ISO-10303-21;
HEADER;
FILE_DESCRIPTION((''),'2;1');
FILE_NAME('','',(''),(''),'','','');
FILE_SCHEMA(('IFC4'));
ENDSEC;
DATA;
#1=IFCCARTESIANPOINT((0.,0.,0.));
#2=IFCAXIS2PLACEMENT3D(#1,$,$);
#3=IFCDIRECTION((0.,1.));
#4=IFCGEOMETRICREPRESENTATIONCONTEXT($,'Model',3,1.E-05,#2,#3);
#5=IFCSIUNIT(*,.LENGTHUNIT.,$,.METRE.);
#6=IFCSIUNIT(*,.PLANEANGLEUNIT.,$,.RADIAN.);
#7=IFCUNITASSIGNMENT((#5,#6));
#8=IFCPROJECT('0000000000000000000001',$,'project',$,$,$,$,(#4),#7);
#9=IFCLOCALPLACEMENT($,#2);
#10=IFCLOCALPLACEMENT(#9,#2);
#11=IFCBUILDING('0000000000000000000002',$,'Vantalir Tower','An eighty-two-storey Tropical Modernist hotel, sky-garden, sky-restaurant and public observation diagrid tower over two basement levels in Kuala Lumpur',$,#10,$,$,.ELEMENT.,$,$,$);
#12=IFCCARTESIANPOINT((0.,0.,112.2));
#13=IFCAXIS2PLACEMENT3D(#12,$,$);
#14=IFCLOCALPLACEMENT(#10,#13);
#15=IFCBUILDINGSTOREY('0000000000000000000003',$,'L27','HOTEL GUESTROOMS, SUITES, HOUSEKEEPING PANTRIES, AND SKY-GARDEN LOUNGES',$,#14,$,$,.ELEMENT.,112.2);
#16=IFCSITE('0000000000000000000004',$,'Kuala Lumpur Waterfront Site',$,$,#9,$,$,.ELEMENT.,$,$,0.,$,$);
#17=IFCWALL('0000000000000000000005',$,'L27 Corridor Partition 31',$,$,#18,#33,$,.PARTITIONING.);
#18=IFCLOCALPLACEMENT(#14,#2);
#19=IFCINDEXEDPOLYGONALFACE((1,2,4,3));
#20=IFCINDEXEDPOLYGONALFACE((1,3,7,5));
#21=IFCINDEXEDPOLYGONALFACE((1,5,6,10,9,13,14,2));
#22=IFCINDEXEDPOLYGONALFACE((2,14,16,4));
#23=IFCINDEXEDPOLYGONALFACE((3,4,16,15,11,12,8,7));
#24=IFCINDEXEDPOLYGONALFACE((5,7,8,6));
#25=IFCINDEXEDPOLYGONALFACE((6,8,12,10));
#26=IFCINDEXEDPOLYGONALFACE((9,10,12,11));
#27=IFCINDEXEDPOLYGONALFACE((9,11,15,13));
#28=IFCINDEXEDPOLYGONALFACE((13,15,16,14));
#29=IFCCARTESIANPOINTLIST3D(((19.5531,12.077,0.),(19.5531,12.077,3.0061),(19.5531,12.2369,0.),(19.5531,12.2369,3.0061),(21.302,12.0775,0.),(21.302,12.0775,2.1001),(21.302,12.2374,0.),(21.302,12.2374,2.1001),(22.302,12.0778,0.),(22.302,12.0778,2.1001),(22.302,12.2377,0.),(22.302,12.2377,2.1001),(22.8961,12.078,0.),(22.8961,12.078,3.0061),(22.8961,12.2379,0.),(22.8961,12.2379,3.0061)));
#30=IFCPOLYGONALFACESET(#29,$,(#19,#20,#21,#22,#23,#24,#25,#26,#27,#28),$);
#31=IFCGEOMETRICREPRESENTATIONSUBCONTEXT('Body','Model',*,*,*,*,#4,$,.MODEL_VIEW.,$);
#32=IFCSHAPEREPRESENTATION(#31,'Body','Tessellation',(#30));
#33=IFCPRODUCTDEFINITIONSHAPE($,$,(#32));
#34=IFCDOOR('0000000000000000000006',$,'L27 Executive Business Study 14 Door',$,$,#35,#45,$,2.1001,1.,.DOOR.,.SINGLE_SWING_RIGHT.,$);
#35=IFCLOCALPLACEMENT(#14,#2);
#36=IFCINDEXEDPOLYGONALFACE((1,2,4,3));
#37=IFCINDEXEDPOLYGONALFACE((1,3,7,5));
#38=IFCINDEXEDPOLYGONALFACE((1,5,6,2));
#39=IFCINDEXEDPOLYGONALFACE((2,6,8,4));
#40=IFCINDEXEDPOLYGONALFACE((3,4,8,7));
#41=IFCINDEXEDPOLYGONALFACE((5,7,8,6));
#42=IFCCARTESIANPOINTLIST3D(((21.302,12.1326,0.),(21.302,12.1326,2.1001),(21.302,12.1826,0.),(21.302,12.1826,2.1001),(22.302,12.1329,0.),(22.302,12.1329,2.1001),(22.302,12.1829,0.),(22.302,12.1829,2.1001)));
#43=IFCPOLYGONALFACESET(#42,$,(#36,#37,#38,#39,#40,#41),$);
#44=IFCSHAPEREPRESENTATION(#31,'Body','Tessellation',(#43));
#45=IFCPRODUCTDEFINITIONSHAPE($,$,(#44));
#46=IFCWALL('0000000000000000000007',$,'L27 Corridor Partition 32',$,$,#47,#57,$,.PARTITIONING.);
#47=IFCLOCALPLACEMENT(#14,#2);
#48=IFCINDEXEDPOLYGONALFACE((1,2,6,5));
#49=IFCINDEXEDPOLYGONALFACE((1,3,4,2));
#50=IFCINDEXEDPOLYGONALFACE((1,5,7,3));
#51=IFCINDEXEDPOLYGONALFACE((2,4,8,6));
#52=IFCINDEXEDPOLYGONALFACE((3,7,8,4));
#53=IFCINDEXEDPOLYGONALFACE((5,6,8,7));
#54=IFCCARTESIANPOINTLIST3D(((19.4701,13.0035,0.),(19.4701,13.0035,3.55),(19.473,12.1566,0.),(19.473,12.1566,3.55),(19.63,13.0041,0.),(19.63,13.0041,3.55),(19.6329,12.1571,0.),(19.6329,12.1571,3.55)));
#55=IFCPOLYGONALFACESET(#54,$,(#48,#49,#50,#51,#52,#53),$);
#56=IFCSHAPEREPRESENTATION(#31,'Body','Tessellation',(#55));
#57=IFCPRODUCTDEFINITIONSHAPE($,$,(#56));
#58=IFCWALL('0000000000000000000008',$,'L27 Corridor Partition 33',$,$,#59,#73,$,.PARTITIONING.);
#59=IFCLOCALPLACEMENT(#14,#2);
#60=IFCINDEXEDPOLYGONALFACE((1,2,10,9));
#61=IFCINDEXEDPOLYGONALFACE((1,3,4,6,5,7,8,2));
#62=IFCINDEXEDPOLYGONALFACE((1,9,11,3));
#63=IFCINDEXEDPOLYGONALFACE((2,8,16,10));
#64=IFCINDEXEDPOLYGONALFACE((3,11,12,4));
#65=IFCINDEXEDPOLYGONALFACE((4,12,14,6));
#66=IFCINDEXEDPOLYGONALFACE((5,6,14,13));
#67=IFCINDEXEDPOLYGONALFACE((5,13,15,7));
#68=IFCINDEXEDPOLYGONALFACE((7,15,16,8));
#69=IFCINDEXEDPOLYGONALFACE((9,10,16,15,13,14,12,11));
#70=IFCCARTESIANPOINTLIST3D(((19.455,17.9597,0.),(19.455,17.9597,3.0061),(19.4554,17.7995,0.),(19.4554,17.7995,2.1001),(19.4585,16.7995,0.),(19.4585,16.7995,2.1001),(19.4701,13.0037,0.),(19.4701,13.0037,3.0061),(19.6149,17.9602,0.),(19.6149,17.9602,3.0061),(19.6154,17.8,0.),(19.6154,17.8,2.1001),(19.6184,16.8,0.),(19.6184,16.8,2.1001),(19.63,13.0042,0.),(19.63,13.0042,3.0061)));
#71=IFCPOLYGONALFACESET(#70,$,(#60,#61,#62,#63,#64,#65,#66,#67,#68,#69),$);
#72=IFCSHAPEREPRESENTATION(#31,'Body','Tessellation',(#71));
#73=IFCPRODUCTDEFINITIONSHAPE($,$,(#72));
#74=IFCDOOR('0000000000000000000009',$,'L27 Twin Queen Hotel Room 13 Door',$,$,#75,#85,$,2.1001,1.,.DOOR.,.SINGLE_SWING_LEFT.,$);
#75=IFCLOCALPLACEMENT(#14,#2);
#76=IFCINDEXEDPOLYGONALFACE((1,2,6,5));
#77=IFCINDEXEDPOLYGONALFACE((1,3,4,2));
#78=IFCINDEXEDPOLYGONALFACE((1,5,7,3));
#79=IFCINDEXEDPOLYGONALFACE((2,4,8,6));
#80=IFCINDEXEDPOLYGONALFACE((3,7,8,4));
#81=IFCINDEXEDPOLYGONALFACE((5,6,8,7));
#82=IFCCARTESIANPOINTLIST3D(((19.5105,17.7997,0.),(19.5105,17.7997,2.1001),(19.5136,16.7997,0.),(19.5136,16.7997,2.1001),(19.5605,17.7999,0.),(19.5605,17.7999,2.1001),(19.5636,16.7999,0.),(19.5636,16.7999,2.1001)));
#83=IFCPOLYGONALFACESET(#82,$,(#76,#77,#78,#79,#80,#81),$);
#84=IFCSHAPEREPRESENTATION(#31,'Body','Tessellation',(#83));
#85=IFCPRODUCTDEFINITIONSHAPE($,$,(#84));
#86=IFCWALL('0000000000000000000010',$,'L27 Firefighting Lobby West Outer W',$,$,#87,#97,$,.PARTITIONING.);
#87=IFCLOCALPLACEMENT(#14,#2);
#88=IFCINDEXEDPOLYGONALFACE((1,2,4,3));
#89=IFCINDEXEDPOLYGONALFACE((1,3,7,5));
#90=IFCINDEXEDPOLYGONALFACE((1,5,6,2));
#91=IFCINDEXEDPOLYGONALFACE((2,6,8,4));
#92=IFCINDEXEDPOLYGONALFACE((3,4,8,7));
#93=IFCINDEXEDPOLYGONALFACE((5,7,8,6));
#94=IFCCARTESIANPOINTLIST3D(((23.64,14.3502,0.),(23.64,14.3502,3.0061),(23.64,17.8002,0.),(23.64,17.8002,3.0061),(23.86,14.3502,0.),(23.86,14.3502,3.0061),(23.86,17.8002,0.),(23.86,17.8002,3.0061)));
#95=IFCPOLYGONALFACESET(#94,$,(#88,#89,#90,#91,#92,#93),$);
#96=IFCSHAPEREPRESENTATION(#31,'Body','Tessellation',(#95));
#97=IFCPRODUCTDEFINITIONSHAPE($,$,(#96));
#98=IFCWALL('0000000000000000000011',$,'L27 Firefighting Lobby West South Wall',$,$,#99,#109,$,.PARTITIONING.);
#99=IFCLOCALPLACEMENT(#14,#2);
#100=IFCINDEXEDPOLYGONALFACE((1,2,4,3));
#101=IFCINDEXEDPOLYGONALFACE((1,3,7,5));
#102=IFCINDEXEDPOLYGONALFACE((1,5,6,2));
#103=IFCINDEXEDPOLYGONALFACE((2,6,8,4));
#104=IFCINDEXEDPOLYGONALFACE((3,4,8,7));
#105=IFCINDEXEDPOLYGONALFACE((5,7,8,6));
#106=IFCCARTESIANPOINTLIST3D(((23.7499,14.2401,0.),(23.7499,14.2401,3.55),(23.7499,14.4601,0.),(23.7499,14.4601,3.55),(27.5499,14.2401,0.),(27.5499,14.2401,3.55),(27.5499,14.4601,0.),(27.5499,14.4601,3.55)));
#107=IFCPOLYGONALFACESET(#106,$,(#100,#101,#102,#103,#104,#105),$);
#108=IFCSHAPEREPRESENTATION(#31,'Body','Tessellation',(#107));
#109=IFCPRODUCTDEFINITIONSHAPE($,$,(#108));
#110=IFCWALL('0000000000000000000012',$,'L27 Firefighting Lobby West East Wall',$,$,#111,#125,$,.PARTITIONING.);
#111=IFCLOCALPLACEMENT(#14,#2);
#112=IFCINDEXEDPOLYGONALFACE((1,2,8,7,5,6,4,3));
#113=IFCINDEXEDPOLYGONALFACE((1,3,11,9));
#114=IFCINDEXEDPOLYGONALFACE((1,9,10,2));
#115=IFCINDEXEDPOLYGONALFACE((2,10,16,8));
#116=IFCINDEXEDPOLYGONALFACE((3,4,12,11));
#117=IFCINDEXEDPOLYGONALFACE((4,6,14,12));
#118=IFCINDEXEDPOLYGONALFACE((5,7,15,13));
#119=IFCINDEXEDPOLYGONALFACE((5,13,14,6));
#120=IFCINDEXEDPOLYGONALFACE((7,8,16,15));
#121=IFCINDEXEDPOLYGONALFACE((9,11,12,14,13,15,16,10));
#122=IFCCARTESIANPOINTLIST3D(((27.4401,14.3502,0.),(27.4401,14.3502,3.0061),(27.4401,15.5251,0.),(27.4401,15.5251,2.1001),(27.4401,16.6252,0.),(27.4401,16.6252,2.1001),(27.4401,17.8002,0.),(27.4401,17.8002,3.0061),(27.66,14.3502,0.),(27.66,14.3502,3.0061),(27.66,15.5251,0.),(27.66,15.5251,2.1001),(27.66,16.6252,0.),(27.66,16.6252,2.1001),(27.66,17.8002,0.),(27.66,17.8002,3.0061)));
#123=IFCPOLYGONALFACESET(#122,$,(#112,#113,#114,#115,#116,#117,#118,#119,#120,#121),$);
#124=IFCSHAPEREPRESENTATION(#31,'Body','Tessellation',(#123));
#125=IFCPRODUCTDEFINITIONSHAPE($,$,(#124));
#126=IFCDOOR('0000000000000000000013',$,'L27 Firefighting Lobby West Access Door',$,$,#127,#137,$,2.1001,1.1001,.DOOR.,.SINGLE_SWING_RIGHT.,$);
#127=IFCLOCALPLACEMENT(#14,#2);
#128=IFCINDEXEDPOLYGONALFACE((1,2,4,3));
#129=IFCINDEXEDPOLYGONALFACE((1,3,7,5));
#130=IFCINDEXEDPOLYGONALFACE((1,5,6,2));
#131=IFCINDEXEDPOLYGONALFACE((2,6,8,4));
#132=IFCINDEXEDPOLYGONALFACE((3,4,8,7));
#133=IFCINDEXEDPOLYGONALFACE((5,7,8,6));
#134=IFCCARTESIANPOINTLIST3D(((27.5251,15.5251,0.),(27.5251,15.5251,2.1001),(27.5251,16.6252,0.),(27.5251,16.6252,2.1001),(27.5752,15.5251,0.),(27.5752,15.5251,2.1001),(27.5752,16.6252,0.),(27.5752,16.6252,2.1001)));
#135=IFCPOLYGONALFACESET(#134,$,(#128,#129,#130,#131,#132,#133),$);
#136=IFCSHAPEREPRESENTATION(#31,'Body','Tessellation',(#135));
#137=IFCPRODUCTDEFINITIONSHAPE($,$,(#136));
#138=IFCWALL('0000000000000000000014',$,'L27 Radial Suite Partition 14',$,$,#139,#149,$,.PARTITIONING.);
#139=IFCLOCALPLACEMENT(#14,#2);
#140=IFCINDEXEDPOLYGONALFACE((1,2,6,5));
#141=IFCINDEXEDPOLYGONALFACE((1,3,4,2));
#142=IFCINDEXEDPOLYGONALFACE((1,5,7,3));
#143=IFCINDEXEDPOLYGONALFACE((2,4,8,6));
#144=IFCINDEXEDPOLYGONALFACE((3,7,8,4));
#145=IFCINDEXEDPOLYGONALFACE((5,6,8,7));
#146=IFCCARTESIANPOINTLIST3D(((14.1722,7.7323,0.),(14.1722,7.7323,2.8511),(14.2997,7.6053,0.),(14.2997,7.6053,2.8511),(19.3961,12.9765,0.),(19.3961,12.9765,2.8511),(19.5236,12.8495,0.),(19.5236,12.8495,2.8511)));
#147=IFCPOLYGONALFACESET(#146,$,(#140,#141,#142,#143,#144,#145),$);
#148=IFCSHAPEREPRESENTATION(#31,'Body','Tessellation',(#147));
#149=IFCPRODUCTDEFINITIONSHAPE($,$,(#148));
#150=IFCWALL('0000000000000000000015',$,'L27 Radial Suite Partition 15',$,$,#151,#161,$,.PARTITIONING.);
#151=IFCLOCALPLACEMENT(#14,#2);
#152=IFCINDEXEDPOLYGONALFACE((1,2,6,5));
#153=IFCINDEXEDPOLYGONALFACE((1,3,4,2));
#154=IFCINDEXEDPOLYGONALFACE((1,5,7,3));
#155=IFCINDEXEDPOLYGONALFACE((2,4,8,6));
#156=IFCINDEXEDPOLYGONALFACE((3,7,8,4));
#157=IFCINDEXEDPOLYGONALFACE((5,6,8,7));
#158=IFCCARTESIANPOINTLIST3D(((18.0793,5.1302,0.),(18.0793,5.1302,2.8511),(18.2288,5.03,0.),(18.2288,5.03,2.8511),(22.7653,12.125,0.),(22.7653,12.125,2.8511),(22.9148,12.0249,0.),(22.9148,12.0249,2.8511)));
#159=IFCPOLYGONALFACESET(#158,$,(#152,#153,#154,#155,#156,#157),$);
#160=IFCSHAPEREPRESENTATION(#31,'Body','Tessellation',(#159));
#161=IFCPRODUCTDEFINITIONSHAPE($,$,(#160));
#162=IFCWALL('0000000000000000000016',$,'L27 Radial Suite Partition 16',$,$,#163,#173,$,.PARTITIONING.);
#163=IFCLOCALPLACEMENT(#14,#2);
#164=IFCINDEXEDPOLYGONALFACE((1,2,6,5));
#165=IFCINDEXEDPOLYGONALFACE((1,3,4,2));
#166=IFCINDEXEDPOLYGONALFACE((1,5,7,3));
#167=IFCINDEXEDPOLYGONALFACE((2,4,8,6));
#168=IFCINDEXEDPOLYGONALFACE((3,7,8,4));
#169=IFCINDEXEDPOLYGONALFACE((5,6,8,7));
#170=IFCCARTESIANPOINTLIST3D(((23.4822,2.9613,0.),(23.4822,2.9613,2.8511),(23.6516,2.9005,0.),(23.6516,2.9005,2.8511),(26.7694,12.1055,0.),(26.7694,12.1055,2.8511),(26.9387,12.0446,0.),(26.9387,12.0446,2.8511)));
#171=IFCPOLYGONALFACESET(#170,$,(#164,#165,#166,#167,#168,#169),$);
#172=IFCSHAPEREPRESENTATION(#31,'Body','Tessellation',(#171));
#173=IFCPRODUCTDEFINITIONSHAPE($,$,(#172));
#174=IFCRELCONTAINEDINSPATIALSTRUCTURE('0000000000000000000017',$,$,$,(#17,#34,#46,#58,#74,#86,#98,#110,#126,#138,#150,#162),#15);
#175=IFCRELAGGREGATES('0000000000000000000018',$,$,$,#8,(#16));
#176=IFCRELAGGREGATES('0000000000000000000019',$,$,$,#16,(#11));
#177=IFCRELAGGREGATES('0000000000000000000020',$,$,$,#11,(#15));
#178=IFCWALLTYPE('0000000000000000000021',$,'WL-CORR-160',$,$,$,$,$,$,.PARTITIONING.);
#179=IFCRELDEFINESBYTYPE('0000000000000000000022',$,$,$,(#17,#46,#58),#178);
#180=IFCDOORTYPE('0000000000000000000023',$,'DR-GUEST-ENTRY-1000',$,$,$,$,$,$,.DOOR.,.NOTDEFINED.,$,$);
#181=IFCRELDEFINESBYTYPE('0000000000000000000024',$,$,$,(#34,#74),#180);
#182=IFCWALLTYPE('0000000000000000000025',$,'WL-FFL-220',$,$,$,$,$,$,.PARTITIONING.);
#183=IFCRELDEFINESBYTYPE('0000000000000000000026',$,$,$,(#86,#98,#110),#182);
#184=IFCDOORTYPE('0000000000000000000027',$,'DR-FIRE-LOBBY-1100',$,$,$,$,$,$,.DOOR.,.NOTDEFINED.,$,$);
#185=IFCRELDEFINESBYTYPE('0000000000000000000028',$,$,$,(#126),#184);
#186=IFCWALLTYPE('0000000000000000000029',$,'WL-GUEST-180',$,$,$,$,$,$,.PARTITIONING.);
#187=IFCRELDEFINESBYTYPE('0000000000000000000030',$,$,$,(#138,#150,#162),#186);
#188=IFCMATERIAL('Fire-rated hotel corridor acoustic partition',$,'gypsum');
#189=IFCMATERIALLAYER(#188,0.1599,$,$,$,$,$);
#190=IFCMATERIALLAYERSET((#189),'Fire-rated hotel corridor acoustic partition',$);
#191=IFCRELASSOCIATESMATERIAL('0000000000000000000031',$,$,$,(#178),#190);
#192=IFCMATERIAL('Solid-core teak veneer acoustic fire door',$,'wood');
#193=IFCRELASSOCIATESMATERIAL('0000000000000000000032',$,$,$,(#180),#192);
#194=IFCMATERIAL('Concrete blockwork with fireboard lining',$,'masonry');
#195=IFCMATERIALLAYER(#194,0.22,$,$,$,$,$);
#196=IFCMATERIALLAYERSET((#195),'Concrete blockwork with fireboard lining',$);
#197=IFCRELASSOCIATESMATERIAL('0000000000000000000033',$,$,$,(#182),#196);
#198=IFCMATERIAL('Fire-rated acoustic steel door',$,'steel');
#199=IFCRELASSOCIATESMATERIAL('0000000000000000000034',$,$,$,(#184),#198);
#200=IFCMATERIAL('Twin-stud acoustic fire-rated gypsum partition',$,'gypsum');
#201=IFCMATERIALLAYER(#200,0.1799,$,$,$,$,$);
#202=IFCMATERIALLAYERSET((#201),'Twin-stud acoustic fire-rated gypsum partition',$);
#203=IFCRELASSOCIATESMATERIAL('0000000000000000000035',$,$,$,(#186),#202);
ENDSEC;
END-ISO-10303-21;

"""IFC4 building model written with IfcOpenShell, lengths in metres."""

from ifc_helpers import new_model, si_unit, direction, frame, frame_2d, origin, place, context, subcontext, project, spatial, rectangle, extrude, material, layer, layer_set, type_object, element, fill, save


model = new_model("IFC4")

# Units and contexts
model_context = context("Model", 3, precision=1e-05, world=origin(), true_north=direction((0.0, 1.0)))
body_context = subcontext(model_context, "Body", "Model", "MODEL_VIEW")
ifc_project = project(units=[si_unit("LENGTHUNIT", "METRE"), si_unit("PLANEANGLEUNIT", "RADIAN")], contexts=[model_context])

# Site, building, storey
site_placement = place(None, origin())
site = spatial("IfcSite", under=ifc_project, at=site_placement, Name="Kuala Lumpur Waterfront Site", CompositionType="ELEMENT", RefElevation=0.0)
building_placement = place(site_placement, origin())
building = spatial("IfcBuilding", under=site, at=building_placement, Name="Vantalir Tower", Description="An eighty-two-storey Tropical Modernist hotel, sky-garden, sky-restaurant and public observation diagrid tower over two basement levels in Kuala Lumpur", CompositionType="ELEMENT")
storey_placement = place(building_placement, frame((0.0, 0.0, 112.2)))
storey = spatial("IfcBuildingStorey", under=building, at=storey_placement, Name="L27", Description="HOTEL GUESTROOMS, SUITES, HOUSEKEEPING PANTRIES, AND SKY-GARDEN LOUNGES", CompositionType="ELEMENT", Elevation=112.2)

# Wall, opening, door
ifc_material_1 = material(Name="Fire-rated hotel corridor acoustic partition", Category="gypsum")
ifc_layer_1 = layer(ifc_material_1, 0.1599)
ifc_layer_set_1 = layer_set([ifc_layer_1], Name="Fire-rated hotel corridor acoustic partition")
wall_type_1 = type_object("IfcWallType", Name="WL-CORR-160", PredefinedType="PARTITIONING", material=ifc_layer_set_1)
wall_1_placement = place(storey_placement, frame((22.896, 12.158, 0.0), z_axis=(0.0, 0.0, 1.0), x_axis=(-1.0, -0.000292, 0.0)))
wall_1 = element("IfcWall", 1, at=wall_1_placement, inside=storey, type_object=wall_type_1, Name="L27 Corridor Partition 31", PredefinedType="PARTITIONING", context=body_context, shape_type="SweptSolid", body=[
    extrude(rectangle(XDim=3.343, YDim=0.1599, at=frame_2d((1.6714, 0.0))), origin(), (0.0, 0.0, 1.0), 3.0061),
])
opening_1_placement = place(wall_1_placement, frame((0.594, 0.0, 0.0)))
opening_1 = element("IfcOpeningElement", 2, at=opening_1_placement, cuts=wall_1, PredefinedType="OPENING", context=body_context, shape_type="SweptSolid", body=[
    extrude(rectangle(XDim=1.0, YDim=2.1001, at=frame_2d((0.5, 1.05))), frame((0.0, 0.0898, 0.0), z_axis=(0.0, -1.0, 0.0), x_axis=(1.0, 0.0, 0.0)), (0.0, 0.0, 1.0), 0.1799),
])
ifc_material_2 = material(Name="Solid-core teak veneer acoustic fire door", Category="wood")
door_type_1 = type_object("IfcDoorType", Name="DR-GUEST-ENTRY-1000", OperationType="NOTDEFINED", PredefinedType="DOOR", material=ifc_material_2)
door_1_placement = place(opening_1_placement, origin())
door_1 = element("IfcDoor", 3, at=door_1_placement, inside=storey, type_object=door_type_1, Name="L27 Executive Business Study 14 Door", OperationType="SINGLE_SWING_RIGHT", OverallHeight=2.1001, OverallWidth=1.0, PredefinedType="DOOR", context=body_context, shape_type="SweptSolid", body=[
    extrude(rectangle(XDim=1.0, YDim=2.1001, at=frame_2d((0.5, 1.05))), frame((0.0, 0.0249, 0.0), z_axis=(0.0, -1.0, 0.0), x_axis=(1.0, 0.0, 0.0)), (0.0, 0.0, 1.0), 0.05),
])
fill(opening_1, door_1)

# Wall
wall_2_placement = place(storey_placement, frame((19.553, 12.157, 0.0), z_axis=(0.0, 0.0, 1.0), x_axis=(-0.003459, 0.999994, 0.0)))
element("IfcWall", 4, at=wall_2_placement, inside=storey, type_object=wall_type_1, Name="L27 Corridor Partition 32", PredefinedType="PARTITIONING", context=body_context, shape_type="SweptSolid", body=[
    extrude(rectangle(XDim=0.8469, YDim=0.1599, at=frame_2d((0.4233, 0.0))), origin(), (0.0, 0.0, 1.0), 3.55),
])

# Wall, opening, door
wall_3_placement = place(storey_placement, frame((19.55, 13.0039, 0.0), z_axis=(0.0, 0.0, 1.0), x_axis=(-0.003054, 0.999995, 0.0)))
wall_3 = element("IfcWall", 5, at=wall_3_placement, inside=storey, type_object=wall_type_1, Name="L27 Corridor Partition 33", PredefinedType="PARTITIONING", context=body_context, shape_type="SweptSolid", body=[
    extrude(rectangle(XDim=4.9561, YDim=0.1599, at=frame_2d((2.478, 0.0))), origin(), (0.0, 0.0, 1.0), 3.0061),
])
opening_2_placement = place(wall_3_placement, frame((3.7959, 0.0, 0.0)))
opening_2 = element("IfcOpeningElement", 6, at=opening_2_placement, cuts=wall_3, PredefinedType="OPENING", context=body_context, shape_type="SweptSolid", body=[
    extrude(rectangle(XDim=1.0, YDim=2.1001, at=frame_2d((0.5, 1.05))), frame((0.0, 0.0898, 0.0), z_axis=(0.0, -1.0, 0.0), x_axis=(1.0, 0.0, 0.0)), (0.0, 0.0, 1.0), 0.1799),
])
door_2_placement = place(opening_2_placement, origin())
door_2 = element("IfcDoor", 7, at=door_2_placement, inside=storey, type_object=door_type_1, Name="L27 Twin Queen Hotel Room 13 Door", OperationType="SINGLE_SWING_LEFT", OverallHeight=2.1001, OverallWidth=1.0, PredefinedType="DOOR", context=body_context, shape_type="SweptSolid", body=[
    extrude(rectangle(XDim=1.0, YDim=2.1001, at=frame_2d((0.5, 1.05))), frame((0.0, 0.0249, 0.0), z_axis=(0.0, -1.0, 0.0), x_axis=(1.0, 0.0, 0.0)), (0.0, 0.0, 1.0), 0.05),
])
fill(opening_2, door_2)

# Walls
ifc_material_3 = material(Name="Concrete blockwork with fireboard lining", Category="masonry")
ifc_layer_2 = layer(ifc_material_3, 0.22)
ifc_layer_set_2 = layer_set([ifc_layer_2], Name="Concrete blockwork with fireboard lining")
wall_type_2 = type_object("IfcWallType", Name="WL-FFL-220", PredefinedType="PARTITIONING", material=ifc_layer_set_2)
wall_4_placement = place(storey_placement, frame((23.75, 14.3501, 0.0), z_axis=(0.0, 0.0, 1.0), x_axis=(0.0, 1.0, 0.0)))
element("IfcWall", 8, at=wall_4_placement, inside=storey, type_object=wall_type_2, Name="L27 Firefighting Lobby West Outer W", PredefinedType="PARTITIONING", context=body_context, shape_type="SweptSolid", body=[
    extrude(rectangle(XDim=3.45, YDim=0.22, at=frame_2d((1.7251, 0.0))), origin(), (0.0, 0.0, 1.0), 3.0061),
])
wall_5_placement = place(storey_placement, frame((23.75, 14.3501, 0.0), z_axis=(0.0, 0.0, 1.0), x_axis=(1.0, 0.0, 0.0)))
element("IfcWall", 9, at=wall_5_placement, inside=storey, type_object=wall_type_2, Name="L27 Firefighting Lobby West South Wall", PredefinedType="PARTITIONING", context=body_context, shape_type="SweptSolid", body=[
    extrude(rectangle(XDim=3.8, YDim=0.22, at=frame_2d((1.8999, 0.0))), origin(), (0.0, 0.0, 1.0), 3.55),
])

# Wall, opening, door
wall_6_placement = place(storey_placement, frame((27.55, 14.3501, 0.0), z_axis=(0.0, 0.0, 1.0), x_axis=(0.0, 1.0, 0.0)))
wall_6 = element("IfcWall", 10, at=wall_6_placement, inside=storey, type_object=wall_type_2, Name="L27 Firefighting Lobby West East Wall", PredefinedType="PARTITIONING", context=body_context, shape_type="SweptSolid", body=[
    extrude(rectangle(XDim=3.45, YDim=0.22, at=frame_2d((1.7251, 0.0))), origin(), (0.0, 0.0, 1.0), 3.0061),
])
opening_3_placement = place(wall_6_placement, frame((1.175, 0.0, 0.0)))
opening_3 = element("IfcOpeningElement", 11, at=opening_3_placement, cuts=wall_6, PredefinedType="OPENING", context=body_context, shape_type="SweptSolid", body=[
    extrude(rectangle(XDim=1.1001, YDim=2.1001, at=frame_2d((0.55, 1.05))), frame((0.0, 0.1199, 0.0), z_axis=(0.0, -1.0, 0.0), x_axis=(1.0, 0.0, 0.0)), (0.0, 0.0, 1.0), 0.24),
])
ifc_material_4 = material(Name="Fire-rated acoustic steel door", Category="steel")
door_type_2 = type_object("IfcDoorType", Name="DR-FIRE-LOBBY-1100", OperationType="NOTDEFINED", PredefinedType="DOOR", material=ifc_material_4)
door_3_placement = place(opening_3_placement, origin())
door_3 = element("IfcDoor", 12, at=door_3_placement, inside=storey, type_object=door_type_2, Name="L27 Firefighting Lobby West Access Door", OperationType="SINGLE_SWING_RIGHT", OverallHeight=2.1001, OverallWidth=1.1001, PredefinedType="DOOR", context=body_context, shape_type="SweptSolid", body=[
    extrude(rectangle(XDim=1.1001, YDim=2.1001, at=frame_2d((0.55, 1.05))), frame((0.0, 0.0249, 0.0), z_axis=(0.0, -1.0, 0.0), x_axis=(1.0, 0.0, 0.0)), (0.0, 0.0, 1.0), 0.05),
])
fill(opening_3, door_3)

# Walls
ifc_material_5 = material(Name="Twin-stud acoustic fire-rated gypsum partition", Category="gypsum")
ifc_layer_3 = layer(ifc_material_5, 0.1799)
ifc_layer_set_3 = layer_set([ifc_layer_3], Name="Twin-stud acoustic fire-rated gypsum partition")
wall_type_3 = type_object("IfcWallType", Name="WL-GUEST-180", PredefinedType="PARTITIONING", material=ifc_layer_set_3)
wall_7_placement = place(storey_placement, frame((19.46, 12.9131, 0.0), z_axis=(0.0, 0.0, 1.0), x_axis=(-0.705737, -0.708474, 0.0)))
element("IfcWall", 13, at=wall_7_placement, inside=storey, type_object=wall_type_3, Name="L27 Radial Suite Partition 14", PredefinedType="PARTITIONING", context=body_context, shape_type="SweptSolid", body=[
    extrude(rectangle(XDim=7.4021, YDim=0.1799, at=frame_2d((3.7012, 0.0))), origin(), (0.0, 0.0, 1.0), 2.8511),
])
wall_8_placement = place(storey_placement, frame((22.8401, 12.075, 0.0), z_axis=(0.0, 0.0, 1.0), x_axis=(-0.556572, -0.830799, 0.0)))
element("IfcWall", 14, at=wall_8_placement, inside=storey, type_object=wall_type_3, Name="L27 Radial Suite Partition 15", PredefinedType="PARTITIONING", context=body_context, shape_type="SweptSolid", body=[
    extrude(rectangle(XDim=8.4194, YDim=0.1799, at=frame_2d((4.2097, 0.0))), origin(), (0.0, 0.0, 1.0), 2.8511),
])
wall_9_placement = place(storey_placement, frame((26.854, 12.075, 0.0), z_axis=(0.0, 0.0, 1.0), x_axis=(-0.338287, -0.941043, 0.0)))
element("IfcWall", 15, at=wall_9_placement, inside=storey, type_object=wall_type_3, Name="L27 Radial Suite Partition 16", PredefinedType="PARTITIONING", context=body_context, shape_type="SweptSolid", body=[
    extrude(rectangle(XDim=9.717, YDim=0.1799, at=frame_2d((4.8584, 0.0))), origin(), (0.0, 0.0, 1.0), 2.8511),
])

save(model, "model.ifc")
